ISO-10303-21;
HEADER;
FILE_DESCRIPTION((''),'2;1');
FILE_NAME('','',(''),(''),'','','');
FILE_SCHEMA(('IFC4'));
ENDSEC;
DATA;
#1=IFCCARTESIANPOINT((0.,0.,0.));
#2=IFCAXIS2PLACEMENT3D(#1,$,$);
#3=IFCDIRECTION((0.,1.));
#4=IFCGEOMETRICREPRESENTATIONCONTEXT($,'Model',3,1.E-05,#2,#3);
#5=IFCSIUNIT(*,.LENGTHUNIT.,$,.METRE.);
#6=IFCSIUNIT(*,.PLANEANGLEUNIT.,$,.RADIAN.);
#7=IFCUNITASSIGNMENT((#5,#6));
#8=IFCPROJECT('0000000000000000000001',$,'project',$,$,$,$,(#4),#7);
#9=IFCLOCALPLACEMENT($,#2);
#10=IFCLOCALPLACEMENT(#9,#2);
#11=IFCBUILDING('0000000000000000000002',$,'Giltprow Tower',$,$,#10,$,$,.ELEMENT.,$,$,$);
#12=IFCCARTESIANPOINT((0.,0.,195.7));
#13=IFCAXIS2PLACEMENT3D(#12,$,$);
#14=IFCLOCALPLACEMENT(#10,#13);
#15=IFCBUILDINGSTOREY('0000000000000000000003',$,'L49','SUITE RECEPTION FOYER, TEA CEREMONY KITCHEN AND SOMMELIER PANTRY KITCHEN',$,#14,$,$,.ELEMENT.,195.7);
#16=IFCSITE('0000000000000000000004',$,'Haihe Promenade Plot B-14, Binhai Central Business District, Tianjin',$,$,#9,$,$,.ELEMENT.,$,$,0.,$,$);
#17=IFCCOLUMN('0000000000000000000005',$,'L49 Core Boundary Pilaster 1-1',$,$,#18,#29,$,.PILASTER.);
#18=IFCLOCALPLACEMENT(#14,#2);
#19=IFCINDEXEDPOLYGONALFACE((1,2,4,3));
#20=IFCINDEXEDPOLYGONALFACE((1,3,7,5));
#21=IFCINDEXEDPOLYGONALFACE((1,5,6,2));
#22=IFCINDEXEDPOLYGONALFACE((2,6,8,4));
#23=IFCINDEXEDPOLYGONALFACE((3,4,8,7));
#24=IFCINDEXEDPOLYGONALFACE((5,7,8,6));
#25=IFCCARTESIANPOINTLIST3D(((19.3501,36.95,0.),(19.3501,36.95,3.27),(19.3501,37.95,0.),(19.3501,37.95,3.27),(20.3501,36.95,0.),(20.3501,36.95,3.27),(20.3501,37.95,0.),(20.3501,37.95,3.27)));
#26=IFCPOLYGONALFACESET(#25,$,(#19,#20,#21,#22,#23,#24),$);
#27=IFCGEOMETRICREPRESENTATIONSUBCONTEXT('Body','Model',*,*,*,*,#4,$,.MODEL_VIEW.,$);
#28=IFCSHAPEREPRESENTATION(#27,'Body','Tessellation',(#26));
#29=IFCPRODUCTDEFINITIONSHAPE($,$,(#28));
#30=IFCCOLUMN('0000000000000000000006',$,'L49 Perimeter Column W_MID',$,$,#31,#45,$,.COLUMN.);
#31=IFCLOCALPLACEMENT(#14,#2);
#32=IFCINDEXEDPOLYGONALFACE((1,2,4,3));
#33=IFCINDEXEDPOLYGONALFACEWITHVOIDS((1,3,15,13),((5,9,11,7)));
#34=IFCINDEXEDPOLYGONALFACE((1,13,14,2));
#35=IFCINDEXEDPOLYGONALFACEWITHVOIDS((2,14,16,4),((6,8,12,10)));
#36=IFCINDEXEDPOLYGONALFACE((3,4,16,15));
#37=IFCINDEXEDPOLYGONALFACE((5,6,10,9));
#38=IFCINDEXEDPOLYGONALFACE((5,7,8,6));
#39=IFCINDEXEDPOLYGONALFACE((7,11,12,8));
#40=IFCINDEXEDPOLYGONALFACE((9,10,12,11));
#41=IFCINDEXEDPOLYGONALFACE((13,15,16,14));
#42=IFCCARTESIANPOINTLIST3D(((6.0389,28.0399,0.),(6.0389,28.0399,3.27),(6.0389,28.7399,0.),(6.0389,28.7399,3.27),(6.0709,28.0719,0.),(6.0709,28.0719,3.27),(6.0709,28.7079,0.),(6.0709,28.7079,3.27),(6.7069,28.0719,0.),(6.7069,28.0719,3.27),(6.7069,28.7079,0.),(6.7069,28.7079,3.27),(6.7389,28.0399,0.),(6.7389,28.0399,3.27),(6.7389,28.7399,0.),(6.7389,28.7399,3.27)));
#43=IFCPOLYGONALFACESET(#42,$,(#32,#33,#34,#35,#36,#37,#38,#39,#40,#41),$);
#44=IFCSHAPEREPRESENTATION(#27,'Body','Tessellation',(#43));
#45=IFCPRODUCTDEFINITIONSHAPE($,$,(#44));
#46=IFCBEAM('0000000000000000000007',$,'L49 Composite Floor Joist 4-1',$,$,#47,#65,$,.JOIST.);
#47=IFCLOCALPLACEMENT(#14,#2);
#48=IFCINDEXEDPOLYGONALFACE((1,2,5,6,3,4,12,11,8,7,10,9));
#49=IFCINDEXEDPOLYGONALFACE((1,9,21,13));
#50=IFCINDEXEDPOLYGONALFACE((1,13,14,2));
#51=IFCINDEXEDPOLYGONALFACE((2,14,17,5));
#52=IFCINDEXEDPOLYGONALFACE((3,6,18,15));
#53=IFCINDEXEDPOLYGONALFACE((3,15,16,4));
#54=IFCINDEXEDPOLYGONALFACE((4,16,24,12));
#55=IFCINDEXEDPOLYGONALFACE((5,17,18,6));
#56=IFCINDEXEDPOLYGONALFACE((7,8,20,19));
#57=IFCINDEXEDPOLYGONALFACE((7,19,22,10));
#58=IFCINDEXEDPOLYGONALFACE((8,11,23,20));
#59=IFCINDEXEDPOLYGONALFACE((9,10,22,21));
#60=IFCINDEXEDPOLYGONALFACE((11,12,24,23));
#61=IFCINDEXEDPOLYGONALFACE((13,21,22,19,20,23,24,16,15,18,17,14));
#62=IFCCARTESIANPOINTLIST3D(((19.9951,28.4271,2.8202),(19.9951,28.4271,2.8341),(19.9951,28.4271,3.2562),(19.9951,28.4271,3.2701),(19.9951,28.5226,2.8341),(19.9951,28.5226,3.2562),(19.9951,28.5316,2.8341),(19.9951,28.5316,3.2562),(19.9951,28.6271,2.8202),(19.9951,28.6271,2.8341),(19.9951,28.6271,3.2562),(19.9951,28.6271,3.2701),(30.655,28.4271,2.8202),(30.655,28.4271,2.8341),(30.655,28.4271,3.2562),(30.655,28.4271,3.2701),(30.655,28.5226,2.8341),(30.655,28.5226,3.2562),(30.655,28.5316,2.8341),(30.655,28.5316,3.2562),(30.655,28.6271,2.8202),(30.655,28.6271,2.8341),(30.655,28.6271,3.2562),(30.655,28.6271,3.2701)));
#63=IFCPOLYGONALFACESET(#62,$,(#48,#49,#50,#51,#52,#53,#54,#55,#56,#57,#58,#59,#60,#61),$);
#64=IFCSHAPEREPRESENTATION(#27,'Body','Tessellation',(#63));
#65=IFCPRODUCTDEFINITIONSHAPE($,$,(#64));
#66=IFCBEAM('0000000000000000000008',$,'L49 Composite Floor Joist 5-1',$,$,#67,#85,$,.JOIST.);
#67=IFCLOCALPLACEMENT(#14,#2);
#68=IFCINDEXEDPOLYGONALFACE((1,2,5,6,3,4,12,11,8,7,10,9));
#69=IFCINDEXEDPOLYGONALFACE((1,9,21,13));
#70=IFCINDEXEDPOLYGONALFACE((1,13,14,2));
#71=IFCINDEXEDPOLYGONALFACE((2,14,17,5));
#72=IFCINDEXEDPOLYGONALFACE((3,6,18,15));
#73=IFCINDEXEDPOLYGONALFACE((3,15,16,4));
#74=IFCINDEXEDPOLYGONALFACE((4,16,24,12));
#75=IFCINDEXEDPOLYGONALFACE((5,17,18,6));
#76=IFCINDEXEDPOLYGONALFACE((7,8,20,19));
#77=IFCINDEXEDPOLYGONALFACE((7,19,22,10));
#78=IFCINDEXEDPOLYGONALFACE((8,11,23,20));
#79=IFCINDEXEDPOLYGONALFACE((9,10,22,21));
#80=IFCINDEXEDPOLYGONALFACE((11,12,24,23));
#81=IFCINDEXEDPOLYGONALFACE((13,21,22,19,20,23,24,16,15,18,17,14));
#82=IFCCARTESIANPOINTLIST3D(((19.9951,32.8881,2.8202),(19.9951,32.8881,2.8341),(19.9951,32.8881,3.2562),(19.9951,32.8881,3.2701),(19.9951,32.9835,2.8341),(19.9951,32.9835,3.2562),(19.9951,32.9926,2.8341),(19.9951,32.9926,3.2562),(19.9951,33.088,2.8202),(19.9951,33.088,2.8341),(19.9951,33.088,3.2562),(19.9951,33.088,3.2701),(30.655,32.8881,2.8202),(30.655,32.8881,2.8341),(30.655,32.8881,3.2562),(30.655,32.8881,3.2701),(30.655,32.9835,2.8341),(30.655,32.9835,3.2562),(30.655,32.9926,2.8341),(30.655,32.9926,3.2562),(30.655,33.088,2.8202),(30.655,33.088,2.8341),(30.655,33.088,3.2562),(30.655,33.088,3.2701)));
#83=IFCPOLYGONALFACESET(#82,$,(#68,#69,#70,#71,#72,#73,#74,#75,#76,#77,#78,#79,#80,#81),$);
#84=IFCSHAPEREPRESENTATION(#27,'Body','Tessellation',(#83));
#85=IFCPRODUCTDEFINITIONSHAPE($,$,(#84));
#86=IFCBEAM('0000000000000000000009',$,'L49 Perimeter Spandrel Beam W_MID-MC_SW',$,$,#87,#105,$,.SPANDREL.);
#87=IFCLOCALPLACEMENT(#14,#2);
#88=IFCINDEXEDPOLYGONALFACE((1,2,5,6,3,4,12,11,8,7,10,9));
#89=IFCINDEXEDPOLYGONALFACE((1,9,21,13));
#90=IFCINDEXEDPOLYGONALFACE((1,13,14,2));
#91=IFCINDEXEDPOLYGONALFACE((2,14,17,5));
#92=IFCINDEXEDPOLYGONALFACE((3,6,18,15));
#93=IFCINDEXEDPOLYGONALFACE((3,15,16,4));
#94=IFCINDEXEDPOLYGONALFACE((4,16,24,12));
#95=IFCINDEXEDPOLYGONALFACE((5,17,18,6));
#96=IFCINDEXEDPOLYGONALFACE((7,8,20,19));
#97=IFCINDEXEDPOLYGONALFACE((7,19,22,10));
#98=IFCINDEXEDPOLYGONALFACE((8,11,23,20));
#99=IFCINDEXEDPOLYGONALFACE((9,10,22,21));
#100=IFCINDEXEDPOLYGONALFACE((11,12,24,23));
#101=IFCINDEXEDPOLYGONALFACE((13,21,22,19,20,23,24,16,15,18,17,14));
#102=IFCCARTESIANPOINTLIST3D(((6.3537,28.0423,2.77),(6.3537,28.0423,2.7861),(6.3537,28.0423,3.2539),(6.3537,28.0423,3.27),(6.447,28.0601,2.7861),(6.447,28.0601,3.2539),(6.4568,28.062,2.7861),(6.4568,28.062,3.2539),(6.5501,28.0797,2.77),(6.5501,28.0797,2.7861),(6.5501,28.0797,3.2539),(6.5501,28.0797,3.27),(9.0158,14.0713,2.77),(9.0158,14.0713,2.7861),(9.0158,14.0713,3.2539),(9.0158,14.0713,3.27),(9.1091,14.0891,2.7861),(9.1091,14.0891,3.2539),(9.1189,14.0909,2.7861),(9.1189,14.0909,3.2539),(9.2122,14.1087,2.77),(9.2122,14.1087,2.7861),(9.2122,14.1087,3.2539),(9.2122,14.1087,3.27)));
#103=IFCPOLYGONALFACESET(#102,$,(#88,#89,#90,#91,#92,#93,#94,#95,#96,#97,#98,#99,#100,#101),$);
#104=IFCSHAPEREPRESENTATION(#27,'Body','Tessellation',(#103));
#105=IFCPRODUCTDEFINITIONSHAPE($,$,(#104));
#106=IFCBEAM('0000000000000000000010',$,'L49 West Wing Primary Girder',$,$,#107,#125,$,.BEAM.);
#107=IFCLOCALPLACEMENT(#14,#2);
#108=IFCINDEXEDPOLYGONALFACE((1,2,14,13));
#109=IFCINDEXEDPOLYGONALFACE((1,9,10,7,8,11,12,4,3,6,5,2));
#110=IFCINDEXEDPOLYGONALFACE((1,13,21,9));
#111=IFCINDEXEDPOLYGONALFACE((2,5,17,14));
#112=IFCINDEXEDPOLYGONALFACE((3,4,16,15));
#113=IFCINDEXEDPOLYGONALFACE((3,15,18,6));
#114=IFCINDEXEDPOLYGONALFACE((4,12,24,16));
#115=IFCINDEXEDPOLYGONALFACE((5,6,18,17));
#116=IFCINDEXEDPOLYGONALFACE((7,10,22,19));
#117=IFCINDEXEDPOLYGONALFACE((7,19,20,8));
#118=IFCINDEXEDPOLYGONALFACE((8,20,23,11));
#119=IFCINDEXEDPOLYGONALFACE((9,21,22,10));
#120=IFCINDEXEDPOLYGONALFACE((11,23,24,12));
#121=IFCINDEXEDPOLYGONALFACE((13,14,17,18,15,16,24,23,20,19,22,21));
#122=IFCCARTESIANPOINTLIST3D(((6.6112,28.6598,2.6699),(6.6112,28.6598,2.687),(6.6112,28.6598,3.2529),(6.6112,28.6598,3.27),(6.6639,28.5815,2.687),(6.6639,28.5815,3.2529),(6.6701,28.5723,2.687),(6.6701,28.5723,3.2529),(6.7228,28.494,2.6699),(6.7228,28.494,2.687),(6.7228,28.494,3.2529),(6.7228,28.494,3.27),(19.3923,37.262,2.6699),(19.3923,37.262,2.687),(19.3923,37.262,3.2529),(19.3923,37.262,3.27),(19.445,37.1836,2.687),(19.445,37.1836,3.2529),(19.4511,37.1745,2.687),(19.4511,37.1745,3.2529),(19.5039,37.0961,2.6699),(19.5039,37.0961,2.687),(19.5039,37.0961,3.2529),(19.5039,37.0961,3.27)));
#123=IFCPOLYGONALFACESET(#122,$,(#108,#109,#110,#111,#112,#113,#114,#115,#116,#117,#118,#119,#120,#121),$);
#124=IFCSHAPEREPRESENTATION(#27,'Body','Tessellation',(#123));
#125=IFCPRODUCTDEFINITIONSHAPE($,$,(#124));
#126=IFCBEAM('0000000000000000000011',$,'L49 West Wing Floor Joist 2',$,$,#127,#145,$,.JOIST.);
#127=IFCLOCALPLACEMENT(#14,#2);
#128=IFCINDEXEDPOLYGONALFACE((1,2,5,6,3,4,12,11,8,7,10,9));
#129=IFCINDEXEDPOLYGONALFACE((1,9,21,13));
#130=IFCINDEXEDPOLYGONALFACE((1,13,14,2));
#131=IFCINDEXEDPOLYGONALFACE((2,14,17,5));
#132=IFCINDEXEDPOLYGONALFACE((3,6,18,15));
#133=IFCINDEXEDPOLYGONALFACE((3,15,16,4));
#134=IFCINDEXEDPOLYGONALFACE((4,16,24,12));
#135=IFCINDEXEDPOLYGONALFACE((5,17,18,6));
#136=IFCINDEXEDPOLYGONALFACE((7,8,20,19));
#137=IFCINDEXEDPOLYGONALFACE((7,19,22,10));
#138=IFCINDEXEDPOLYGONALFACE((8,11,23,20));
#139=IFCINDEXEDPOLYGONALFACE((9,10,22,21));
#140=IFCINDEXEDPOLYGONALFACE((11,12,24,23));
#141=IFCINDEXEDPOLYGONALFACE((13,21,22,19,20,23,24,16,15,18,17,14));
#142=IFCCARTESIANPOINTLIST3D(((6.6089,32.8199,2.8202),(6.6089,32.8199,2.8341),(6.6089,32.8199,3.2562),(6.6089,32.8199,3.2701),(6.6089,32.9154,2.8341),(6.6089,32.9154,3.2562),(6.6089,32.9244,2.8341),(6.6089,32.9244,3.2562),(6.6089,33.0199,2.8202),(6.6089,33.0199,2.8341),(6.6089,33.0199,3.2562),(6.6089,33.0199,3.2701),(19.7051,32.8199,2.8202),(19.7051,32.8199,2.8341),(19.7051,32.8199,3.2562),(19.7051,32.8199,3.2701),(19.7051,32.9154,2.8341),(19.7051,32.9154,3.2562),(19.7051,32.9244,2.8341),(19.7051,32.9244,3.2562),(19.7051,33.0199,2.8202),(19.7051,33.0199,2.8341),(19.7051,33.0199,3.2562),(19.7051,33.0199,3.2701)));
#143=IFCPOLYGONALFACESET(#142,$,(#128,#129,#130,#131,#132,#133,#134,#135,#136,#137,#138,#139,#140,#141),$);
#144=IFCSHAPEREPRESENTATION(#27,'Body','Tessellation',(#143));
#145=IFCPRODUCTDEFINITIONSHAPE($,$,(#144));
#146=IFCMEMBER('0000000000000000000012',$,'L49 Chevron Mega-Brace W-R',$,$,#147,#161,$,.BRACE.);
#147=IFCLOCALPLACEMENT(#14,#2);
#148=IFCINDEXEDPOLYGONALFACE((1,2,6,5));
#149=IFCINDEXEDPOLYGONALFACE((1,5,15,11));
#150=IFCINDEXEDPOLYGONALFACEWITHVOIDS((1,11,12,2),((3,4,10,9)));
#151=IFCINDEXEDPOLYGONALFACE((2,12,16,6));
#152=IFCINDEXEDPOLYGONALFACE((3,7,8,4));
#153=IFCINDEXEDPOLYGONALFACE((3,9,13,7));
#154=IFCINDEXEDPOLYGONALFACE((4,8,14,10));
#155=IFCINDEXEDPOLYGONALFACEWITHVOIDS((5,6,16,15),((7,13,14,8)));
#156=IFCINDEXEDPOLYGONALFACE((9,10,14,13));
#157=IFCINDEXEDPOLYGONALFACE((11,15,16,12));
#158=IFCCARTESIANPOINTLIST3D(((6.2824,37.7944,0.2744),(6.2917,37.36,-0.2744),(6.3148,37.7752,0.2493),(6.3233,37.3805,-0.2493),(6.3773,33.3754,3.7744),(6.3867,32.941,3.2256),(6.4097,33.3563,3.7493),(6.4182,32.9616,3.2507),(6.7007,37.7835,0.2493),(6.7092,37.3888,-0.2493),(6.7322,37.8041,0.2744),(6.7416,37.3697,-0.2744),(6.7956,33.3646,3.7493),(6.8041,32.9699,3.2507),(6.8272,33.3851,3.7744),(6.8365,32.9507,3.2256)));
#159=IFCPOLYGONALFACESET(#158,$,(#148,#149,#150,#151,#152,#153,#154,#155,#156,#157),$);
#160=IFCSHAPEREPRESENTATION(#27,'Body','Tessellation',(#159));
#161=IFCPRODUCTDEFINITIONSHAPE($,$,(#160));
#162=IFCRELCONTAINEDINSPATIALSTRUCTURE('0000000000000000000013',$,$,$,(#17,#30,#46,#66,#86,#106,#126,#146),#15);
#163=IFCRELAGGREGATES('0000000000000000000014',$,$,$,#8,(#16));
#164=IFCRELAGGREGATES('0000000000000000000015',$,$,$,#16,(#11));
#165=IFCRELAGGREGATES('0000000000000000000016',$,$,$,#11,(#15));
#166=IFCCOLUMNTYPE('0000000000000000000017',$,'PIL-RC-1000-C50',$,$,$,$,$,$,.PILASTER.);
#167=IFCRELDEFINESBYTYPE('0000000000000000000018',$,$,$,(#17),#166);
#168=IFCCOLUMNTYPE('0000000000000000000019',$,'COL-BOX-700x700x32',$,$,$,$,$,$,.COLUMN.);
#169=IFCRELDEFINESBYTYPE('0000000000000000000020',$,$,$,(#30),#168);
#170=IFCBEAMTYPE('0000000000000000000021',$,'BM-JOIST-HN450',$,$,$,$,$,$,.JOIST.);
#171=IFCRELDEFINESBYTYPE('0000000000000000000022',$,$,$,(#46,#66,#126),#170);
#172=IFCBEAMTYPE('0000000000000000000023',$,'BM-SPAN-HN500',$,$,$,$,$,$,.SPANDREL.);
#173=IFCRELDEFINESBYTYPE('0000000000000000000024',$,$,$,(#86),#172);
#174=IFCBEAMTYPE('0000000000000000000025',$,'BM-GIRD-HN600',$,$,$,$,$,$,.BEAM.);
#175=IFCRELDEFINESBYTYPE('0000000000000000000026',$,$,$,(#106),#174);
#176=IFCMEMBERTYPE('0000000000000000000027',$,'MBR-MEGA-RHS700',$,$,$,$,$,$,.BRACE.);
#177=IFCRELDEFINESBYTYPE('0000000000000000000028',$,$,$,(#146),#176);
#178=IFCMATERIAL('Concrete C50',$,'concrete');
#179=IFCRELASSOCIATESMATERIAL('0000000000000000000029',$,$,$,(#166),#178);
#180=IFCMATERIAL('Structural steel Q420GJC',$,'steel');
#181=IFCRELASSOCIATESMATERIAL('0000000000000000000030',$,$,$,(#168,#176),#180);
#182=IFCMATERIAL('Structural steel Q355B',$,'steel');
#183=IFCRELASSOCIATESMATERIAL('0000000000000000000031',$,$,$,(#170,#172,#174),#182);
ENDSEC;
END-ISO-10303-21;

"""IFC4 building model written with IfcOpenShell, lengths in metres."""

from ifc_helpers import new_model, si_unit, direction, frame, origin, origin_2d, place, context, subcontext, project, spatial, rectangle, hollow_rectangle, i_section, extrude, source, transform, mapped, material, material_profile, profile_set, type_object, element, save


model = new_model("IFC4")

# Units and contexts
model_context = context("Model", 3, precision=1e-05, world=origin(), true_north=direction((0.0, 1.0)))
body_context = subcontext(model_context, "Body", "Model", "MODEL_VIEW")
ifc_project = project(units=[si_unit("LENGTHUNIT", "METRE"), si_unit("PLANEANGLEUNIT", "RADIAN")], contexts=[model_context])

# Site, building, storey
site_placement = place(None, origin())
site = spatial("IfcSite", under=ifc_project, at=site_placement, Name="Haihe Promenade Plot B-14, Binhai Central Business District, Tianjin", CompositionType="ELEMENT", RefElevation=0.0)
building_placement = place(site_placement, origin())
building = spatial("IfcBuilding", under=site, at=building_placement, Name="Giltprow Tower", CompositionType="ELEMENT")
storey_placement = place(building_placement, frame((0.0, 0.0, 195.7)))
storey = spatial("IfcBuildingStorey", under=building, at=storey_placement, Name="L49", Description="SUITE RECEPTION FOYER, TEA CEREMONY KITCHEN AND SOMMELIER PANTRY KITCHEN", CompositionType="ELEMENT", Elevation=195.7)

# Columns
ifc_material_1 = material(Name="Concrete C50", Category="concrete")
ifc_material_profile_1 = material_profile(ifc_material_1, rectangle(XDim=1.0, YDim=1.0, at=origin_2d()), Name="RC 1000x1000")
ifc_profile_set_1 = profile_set([ifc_material_profile_1], Name="Concrete C50")
column_type_1 = type_object("IfcColumnType", Name="PIL-RC-1000-C50", PredefinedType="PILASTER", material=ifc_profile_set_1)
shared_shape_1 = source(origin(), body_context, "Body", "SweptSolid", [
    extrude(rectangle(XDim=1.0, YDim=1.0, at=origin_2d()), origin(), (0.0, 0.0, 1.0), 3.27),
])
column_1_placement = place(storey_placement, frame((19.8501, 37.45, 0.0), z_axis=(0.0, 0.0, 1.0), x_axis=(1.0, 0.0, 0.0)))
element("IfcColumn", 1, at=column_1_placement, inside=storey, type_object=column_type_1, Name="L49 Core Boundary Pilaster 1-1", PredefinedType="PILASTER", context=body_context, shape_type="MappedRepresentation", body=[
    mapped(shared_shape_1, transform((0.0, 0.0, 0.0), x_axis=(1.0, 0.0, 0.0), y_axis=(0.0, 1.0, 0.0), z_axis=(0.0, 0.0, 1.0), scale=1.0)),
])
ifc_material_2 = material(Name="Structural steel Q420GJC", Category="steel")
ifc_material_profile_2 = material_profile(ifc_material_2, hollow_rectangle(XDim=0.7, YDim=0.7, WallThickness=0.032, at=origin_2d()), Name="BOX 700x700x32")
ifc_profile_set_2 = profile_set([ifc_material_profile_2], Name="Structural steel Q420GJC")
column_type_2 = type_object("IfcColumnType", Name="COL-BOX-700x700x32", PredefinedType="COLUMN", material=ifc_profile_set_2)
shared_shape_2 = source(origin(), body_context, "Body", "SweptSolid", [
    extrude(hollow_rectangle(XDim=0.7, YDim=0.7, WallThickness=0.032, at=origin_2d()), origin(), (0.0, 0.0, 1.0), 3.27),
])
column_2_placement = place(storey_placement, frame((6.3889, 28.3899, 0.0), z_axis=(0.0, 0.0, 1.0), x_axis=(1.0, 0.0, 0.0)))
element("IfcColumn", 2, at=column_2_placement, inside=storey, type_object=column_type_2, Name="L49 Perimeter Column W_MID", PredefinedType="COLUMN", context=body_context, shape_type="MappedRepresentation", body=[
    mapped(shared_shape_2, transform((0.0, 0.0, 0.0), x_axis=(1.0, 0.0, 0.0), y_axis=(0.0, 1.0, 0.0), z_axis=(0.0, 0.0, 1.0), scale=1.0)),
])

# Beams
ifc_material_3 = material(Name="Structural steel Q355B", Category="steel")
ifc_material_profile_3 = material_profile(ifc_material_3, i_section(OverallWidth=0.2, OverallDepth=0.45, WebThickness=0.009, FlangeThickness=0.0139, at=origin_2d()), Name="HN 450x200x9x14")
ifc_profile_set_3 = profile_set([ifc_material_profile_3], Name="Structural steel Q355B")
beam_type_1 = type_object("IfcBeamType", Name="BM-JOIST-HN450", PredefinedType="JOIST", material=ifc_profile_set_3)
shared_shape_3 = source(origin(), body_context, "Body", "SweptSolid", [
    extrude(i_section(OverallWidth=0.2, OverallDepth=0.45, WebThickness=0.009, FlangeThickness=0.0139, at=origin_2d()), origin(), (0.0, 0.0, 1.0), 10.6599),
])
for number, where, z_axis, x_axis, name in (
    (3, (19.9951, 28.5271, 3.0452), (1.0, 0.0, 0.0), (0.0, 1.0, 0.0), "L49 Composite Floor Joist 4-1"),
    (4, (19.9951, 32.988, 3.0452), (1.0, 0.0, 0.0), (0.0, 1.0, 0.0), "L49 Composite Floor Joist 5-1"),
):
    element("IfcBeam", number, at=place(storey_placement, frame(where, z_axis=z_axis, x_axis=x_axis)), inside=storey, type_object=beam_type_1, Name=name, PredefinedType="JOIST", context=body_context, shape_type="MappedRepresentation", body=[
        mapped(shared_shape_3, transform((0.0, 0.0, 0.0), x_axis=(1.0, 0.0, 0.0), y_axis=(0.0, 1.0, 0.0), z_axis=(0.0, 0.0, 1.0), scale=1.0)),
    ])
ifc_material_profile_4 = material_profile(ifc_material_3, i_section(OverallWidth=0.2, OverallDepth=0.5, WebThickness=0.01, FlangeThickness=0.0161, at=origin_2d()), Name="HN 500x200x10x16")
ifc_profile_set_4 = profile_set([ifc_material_profile_4], Name="Structural steel Q355B")
beam_type_2 = type_object("IfcBeamType", Name="BM-SPAN-HN500", PredefinedType="SPANDREL", material=ifc_profile_set_4)
shared_shape_4 = source(origin(), body_context, "Body", "SweptSolid", [
    extrude(i_section(OverallWidth=0.2, OverallDepth=0.5, WebThickness=0.01, FlangeThickness=0.0161, at=origin_2d()), origin(), (0.0, 0.0, 1.0), 14.2224),
])
beam_1_placement = place(storey_placement, frame((6.4519, 28.061, 3.02), z_axis=(0.187178, -0.982326, 0.0), x_axis=(0.982326, 0.187178, 0.0)))
element("IfcBeam", 5, at=beam_1_placement, inside=storey, type_object=beam_type_2, Name="L49 Perimeter Spandrel Beam W_MID-MC_SW", PredefinedType="SPANDREL", context=body_context, shape_type="MappedRepresentation", body=[
    mapped(shared_shape_4, transform((0.0, 0.0, 0.0), x_axis=(1.0, 0.0, 0.0), y_axis=(0.0, 1.0, 0.0), z_axis=(0.0, 0.0, 1.0), scale=1.0)),
])
ifc_material_profile_5 = material_profile(ifc_material_3, i_section(OverallWidth=0.2, OverallDepth=0.6001, WebThickness=0.011, FlangeThickness=0.0171, at=origin_2d()), Name="HN 600x200x11x17")
ifc_profile_set_5 = profile_set([ifc_material_profile_5], Name="Structural steel Q355B")
beam_type_3 = type_object("IfcBeamType", Name="BM-GIRD-HN600", PredefinedType="BEAM", material=ifc_profile_set_5)
shared_shape_5 = source(origin(), body_context, "Body", "SweptSolid", [
    extrude(i_section(OverallWidth=0.2, OverallDepth=0.6001, WebThickness=0.011, FlangeThickness=0.0171, at=origin_2d()), origin(), (0.0, 0.0, 1.0), 15.4062),
])
beam_2_placement = place(storey_placement, frame((6.667, 28.5769, 2.97), z_axis=(0.829604, 0.558352, 0.0), x_axis=(-0.558352, 0.829604, 0.0)))
element("IfcBeam", 6, at=beam_2_placement, inside=storey, type_object=beam_type_3, Name="L49 West Wing Primary Girder", PredefinedType="BEAM", context=body_context, shape_type="MappedRepresentation", body=[
    mapped(shared_shape_5, transform((0.0, 0.0, 0.0), x_axis=(1.0, 0.0, 0.0), y_axis=(0.0, 1.0, 0.0), z_axis=(0.0, 0.0, 1.0), scale=1.0)),
])
shared_shape_6 = source(origin(), body_context, "Body", "SweptSolid", [
    extrude(i_section(OverallWidth=0.2, OverallDepth=0.45, WebThickness=0.009, FlangeThickness=0.0139, at=origin_2d()), origin(), (0.0, 0.0, 1.0), 13.0962),
])
beam_3_placement = place(storey_placement, frame((6.6089, 32.9199, 3.0452), z_axis=(1.0, 0.0, 0.0), x_axis=(0.0, 1.0, 0.0)))
element("IfcBeam", 7, at=beam_3_placement, inside=storey, type_object=beam_type_1, Name="L49 West Wing Floor Joist 2", PredefinedType="JOIST", context=body_context, shape_type="MappedRepresentation", body=[
    mapped(shared_shape_6, transform((0.0, 0.0, 0.0), x_axis=(1.0, 0.0, 0.0), y_axis=(0.0, 1.0, 0.0), z_axis=(0.0, 0.0, 1.0), scale=1.0)),
])

# Member
ifc_material_profile_6 = material_profile(ifc_material_2, hollow_rectangle(XDim=0.45, YDim=0.7, WallThickness=0.032, at=origin_2d()), Name="RHS 700x450x32")
ifc_profile_set_6 = profile_set([ifc_material_profile_6], Name="Structural steel Q420GJC")
member_type = type_object("IfcMemberType", Name="MBR-MEGA-RHS700", PredefinedType="BRACE", material=ifc_profile_set_6)
shared_shape_7 = source(origin(), body_context, "Body", "SweptSolid", [
    extrude(hollow_rectangle(XDim=0.45, YDim=0.7, WallThickness=0.032, at=origin_2d()), origin(), (0.0, 0.0, 1.0), 5.6379),
])
member_placement = place(storey_placement, frame((6.512, 37.582, 0.0), z_axis=(0.016845, -0.783791, 0.620797), x_axis=(0.999769, 0.021487, 0.0)))
element("IfcMember", 8, at=member_placement, inside=storey, type_object=member_type, Name="L49 Chevron Mega-Brace W-R", PredefinedType="BRACE", context=body_context, shape_type="MappedRepresentation", body=[
    mapped(shared_shape_7, transform((0.0, 0.0, 0.0), x_axis=(1.0, 0.0, 0.0), y_axis=(0.0, 1.0, 0.0), z_axis=(0.0, 0.0, 1.0), scale=1.0)),
])

save(model, "model.ifc")
